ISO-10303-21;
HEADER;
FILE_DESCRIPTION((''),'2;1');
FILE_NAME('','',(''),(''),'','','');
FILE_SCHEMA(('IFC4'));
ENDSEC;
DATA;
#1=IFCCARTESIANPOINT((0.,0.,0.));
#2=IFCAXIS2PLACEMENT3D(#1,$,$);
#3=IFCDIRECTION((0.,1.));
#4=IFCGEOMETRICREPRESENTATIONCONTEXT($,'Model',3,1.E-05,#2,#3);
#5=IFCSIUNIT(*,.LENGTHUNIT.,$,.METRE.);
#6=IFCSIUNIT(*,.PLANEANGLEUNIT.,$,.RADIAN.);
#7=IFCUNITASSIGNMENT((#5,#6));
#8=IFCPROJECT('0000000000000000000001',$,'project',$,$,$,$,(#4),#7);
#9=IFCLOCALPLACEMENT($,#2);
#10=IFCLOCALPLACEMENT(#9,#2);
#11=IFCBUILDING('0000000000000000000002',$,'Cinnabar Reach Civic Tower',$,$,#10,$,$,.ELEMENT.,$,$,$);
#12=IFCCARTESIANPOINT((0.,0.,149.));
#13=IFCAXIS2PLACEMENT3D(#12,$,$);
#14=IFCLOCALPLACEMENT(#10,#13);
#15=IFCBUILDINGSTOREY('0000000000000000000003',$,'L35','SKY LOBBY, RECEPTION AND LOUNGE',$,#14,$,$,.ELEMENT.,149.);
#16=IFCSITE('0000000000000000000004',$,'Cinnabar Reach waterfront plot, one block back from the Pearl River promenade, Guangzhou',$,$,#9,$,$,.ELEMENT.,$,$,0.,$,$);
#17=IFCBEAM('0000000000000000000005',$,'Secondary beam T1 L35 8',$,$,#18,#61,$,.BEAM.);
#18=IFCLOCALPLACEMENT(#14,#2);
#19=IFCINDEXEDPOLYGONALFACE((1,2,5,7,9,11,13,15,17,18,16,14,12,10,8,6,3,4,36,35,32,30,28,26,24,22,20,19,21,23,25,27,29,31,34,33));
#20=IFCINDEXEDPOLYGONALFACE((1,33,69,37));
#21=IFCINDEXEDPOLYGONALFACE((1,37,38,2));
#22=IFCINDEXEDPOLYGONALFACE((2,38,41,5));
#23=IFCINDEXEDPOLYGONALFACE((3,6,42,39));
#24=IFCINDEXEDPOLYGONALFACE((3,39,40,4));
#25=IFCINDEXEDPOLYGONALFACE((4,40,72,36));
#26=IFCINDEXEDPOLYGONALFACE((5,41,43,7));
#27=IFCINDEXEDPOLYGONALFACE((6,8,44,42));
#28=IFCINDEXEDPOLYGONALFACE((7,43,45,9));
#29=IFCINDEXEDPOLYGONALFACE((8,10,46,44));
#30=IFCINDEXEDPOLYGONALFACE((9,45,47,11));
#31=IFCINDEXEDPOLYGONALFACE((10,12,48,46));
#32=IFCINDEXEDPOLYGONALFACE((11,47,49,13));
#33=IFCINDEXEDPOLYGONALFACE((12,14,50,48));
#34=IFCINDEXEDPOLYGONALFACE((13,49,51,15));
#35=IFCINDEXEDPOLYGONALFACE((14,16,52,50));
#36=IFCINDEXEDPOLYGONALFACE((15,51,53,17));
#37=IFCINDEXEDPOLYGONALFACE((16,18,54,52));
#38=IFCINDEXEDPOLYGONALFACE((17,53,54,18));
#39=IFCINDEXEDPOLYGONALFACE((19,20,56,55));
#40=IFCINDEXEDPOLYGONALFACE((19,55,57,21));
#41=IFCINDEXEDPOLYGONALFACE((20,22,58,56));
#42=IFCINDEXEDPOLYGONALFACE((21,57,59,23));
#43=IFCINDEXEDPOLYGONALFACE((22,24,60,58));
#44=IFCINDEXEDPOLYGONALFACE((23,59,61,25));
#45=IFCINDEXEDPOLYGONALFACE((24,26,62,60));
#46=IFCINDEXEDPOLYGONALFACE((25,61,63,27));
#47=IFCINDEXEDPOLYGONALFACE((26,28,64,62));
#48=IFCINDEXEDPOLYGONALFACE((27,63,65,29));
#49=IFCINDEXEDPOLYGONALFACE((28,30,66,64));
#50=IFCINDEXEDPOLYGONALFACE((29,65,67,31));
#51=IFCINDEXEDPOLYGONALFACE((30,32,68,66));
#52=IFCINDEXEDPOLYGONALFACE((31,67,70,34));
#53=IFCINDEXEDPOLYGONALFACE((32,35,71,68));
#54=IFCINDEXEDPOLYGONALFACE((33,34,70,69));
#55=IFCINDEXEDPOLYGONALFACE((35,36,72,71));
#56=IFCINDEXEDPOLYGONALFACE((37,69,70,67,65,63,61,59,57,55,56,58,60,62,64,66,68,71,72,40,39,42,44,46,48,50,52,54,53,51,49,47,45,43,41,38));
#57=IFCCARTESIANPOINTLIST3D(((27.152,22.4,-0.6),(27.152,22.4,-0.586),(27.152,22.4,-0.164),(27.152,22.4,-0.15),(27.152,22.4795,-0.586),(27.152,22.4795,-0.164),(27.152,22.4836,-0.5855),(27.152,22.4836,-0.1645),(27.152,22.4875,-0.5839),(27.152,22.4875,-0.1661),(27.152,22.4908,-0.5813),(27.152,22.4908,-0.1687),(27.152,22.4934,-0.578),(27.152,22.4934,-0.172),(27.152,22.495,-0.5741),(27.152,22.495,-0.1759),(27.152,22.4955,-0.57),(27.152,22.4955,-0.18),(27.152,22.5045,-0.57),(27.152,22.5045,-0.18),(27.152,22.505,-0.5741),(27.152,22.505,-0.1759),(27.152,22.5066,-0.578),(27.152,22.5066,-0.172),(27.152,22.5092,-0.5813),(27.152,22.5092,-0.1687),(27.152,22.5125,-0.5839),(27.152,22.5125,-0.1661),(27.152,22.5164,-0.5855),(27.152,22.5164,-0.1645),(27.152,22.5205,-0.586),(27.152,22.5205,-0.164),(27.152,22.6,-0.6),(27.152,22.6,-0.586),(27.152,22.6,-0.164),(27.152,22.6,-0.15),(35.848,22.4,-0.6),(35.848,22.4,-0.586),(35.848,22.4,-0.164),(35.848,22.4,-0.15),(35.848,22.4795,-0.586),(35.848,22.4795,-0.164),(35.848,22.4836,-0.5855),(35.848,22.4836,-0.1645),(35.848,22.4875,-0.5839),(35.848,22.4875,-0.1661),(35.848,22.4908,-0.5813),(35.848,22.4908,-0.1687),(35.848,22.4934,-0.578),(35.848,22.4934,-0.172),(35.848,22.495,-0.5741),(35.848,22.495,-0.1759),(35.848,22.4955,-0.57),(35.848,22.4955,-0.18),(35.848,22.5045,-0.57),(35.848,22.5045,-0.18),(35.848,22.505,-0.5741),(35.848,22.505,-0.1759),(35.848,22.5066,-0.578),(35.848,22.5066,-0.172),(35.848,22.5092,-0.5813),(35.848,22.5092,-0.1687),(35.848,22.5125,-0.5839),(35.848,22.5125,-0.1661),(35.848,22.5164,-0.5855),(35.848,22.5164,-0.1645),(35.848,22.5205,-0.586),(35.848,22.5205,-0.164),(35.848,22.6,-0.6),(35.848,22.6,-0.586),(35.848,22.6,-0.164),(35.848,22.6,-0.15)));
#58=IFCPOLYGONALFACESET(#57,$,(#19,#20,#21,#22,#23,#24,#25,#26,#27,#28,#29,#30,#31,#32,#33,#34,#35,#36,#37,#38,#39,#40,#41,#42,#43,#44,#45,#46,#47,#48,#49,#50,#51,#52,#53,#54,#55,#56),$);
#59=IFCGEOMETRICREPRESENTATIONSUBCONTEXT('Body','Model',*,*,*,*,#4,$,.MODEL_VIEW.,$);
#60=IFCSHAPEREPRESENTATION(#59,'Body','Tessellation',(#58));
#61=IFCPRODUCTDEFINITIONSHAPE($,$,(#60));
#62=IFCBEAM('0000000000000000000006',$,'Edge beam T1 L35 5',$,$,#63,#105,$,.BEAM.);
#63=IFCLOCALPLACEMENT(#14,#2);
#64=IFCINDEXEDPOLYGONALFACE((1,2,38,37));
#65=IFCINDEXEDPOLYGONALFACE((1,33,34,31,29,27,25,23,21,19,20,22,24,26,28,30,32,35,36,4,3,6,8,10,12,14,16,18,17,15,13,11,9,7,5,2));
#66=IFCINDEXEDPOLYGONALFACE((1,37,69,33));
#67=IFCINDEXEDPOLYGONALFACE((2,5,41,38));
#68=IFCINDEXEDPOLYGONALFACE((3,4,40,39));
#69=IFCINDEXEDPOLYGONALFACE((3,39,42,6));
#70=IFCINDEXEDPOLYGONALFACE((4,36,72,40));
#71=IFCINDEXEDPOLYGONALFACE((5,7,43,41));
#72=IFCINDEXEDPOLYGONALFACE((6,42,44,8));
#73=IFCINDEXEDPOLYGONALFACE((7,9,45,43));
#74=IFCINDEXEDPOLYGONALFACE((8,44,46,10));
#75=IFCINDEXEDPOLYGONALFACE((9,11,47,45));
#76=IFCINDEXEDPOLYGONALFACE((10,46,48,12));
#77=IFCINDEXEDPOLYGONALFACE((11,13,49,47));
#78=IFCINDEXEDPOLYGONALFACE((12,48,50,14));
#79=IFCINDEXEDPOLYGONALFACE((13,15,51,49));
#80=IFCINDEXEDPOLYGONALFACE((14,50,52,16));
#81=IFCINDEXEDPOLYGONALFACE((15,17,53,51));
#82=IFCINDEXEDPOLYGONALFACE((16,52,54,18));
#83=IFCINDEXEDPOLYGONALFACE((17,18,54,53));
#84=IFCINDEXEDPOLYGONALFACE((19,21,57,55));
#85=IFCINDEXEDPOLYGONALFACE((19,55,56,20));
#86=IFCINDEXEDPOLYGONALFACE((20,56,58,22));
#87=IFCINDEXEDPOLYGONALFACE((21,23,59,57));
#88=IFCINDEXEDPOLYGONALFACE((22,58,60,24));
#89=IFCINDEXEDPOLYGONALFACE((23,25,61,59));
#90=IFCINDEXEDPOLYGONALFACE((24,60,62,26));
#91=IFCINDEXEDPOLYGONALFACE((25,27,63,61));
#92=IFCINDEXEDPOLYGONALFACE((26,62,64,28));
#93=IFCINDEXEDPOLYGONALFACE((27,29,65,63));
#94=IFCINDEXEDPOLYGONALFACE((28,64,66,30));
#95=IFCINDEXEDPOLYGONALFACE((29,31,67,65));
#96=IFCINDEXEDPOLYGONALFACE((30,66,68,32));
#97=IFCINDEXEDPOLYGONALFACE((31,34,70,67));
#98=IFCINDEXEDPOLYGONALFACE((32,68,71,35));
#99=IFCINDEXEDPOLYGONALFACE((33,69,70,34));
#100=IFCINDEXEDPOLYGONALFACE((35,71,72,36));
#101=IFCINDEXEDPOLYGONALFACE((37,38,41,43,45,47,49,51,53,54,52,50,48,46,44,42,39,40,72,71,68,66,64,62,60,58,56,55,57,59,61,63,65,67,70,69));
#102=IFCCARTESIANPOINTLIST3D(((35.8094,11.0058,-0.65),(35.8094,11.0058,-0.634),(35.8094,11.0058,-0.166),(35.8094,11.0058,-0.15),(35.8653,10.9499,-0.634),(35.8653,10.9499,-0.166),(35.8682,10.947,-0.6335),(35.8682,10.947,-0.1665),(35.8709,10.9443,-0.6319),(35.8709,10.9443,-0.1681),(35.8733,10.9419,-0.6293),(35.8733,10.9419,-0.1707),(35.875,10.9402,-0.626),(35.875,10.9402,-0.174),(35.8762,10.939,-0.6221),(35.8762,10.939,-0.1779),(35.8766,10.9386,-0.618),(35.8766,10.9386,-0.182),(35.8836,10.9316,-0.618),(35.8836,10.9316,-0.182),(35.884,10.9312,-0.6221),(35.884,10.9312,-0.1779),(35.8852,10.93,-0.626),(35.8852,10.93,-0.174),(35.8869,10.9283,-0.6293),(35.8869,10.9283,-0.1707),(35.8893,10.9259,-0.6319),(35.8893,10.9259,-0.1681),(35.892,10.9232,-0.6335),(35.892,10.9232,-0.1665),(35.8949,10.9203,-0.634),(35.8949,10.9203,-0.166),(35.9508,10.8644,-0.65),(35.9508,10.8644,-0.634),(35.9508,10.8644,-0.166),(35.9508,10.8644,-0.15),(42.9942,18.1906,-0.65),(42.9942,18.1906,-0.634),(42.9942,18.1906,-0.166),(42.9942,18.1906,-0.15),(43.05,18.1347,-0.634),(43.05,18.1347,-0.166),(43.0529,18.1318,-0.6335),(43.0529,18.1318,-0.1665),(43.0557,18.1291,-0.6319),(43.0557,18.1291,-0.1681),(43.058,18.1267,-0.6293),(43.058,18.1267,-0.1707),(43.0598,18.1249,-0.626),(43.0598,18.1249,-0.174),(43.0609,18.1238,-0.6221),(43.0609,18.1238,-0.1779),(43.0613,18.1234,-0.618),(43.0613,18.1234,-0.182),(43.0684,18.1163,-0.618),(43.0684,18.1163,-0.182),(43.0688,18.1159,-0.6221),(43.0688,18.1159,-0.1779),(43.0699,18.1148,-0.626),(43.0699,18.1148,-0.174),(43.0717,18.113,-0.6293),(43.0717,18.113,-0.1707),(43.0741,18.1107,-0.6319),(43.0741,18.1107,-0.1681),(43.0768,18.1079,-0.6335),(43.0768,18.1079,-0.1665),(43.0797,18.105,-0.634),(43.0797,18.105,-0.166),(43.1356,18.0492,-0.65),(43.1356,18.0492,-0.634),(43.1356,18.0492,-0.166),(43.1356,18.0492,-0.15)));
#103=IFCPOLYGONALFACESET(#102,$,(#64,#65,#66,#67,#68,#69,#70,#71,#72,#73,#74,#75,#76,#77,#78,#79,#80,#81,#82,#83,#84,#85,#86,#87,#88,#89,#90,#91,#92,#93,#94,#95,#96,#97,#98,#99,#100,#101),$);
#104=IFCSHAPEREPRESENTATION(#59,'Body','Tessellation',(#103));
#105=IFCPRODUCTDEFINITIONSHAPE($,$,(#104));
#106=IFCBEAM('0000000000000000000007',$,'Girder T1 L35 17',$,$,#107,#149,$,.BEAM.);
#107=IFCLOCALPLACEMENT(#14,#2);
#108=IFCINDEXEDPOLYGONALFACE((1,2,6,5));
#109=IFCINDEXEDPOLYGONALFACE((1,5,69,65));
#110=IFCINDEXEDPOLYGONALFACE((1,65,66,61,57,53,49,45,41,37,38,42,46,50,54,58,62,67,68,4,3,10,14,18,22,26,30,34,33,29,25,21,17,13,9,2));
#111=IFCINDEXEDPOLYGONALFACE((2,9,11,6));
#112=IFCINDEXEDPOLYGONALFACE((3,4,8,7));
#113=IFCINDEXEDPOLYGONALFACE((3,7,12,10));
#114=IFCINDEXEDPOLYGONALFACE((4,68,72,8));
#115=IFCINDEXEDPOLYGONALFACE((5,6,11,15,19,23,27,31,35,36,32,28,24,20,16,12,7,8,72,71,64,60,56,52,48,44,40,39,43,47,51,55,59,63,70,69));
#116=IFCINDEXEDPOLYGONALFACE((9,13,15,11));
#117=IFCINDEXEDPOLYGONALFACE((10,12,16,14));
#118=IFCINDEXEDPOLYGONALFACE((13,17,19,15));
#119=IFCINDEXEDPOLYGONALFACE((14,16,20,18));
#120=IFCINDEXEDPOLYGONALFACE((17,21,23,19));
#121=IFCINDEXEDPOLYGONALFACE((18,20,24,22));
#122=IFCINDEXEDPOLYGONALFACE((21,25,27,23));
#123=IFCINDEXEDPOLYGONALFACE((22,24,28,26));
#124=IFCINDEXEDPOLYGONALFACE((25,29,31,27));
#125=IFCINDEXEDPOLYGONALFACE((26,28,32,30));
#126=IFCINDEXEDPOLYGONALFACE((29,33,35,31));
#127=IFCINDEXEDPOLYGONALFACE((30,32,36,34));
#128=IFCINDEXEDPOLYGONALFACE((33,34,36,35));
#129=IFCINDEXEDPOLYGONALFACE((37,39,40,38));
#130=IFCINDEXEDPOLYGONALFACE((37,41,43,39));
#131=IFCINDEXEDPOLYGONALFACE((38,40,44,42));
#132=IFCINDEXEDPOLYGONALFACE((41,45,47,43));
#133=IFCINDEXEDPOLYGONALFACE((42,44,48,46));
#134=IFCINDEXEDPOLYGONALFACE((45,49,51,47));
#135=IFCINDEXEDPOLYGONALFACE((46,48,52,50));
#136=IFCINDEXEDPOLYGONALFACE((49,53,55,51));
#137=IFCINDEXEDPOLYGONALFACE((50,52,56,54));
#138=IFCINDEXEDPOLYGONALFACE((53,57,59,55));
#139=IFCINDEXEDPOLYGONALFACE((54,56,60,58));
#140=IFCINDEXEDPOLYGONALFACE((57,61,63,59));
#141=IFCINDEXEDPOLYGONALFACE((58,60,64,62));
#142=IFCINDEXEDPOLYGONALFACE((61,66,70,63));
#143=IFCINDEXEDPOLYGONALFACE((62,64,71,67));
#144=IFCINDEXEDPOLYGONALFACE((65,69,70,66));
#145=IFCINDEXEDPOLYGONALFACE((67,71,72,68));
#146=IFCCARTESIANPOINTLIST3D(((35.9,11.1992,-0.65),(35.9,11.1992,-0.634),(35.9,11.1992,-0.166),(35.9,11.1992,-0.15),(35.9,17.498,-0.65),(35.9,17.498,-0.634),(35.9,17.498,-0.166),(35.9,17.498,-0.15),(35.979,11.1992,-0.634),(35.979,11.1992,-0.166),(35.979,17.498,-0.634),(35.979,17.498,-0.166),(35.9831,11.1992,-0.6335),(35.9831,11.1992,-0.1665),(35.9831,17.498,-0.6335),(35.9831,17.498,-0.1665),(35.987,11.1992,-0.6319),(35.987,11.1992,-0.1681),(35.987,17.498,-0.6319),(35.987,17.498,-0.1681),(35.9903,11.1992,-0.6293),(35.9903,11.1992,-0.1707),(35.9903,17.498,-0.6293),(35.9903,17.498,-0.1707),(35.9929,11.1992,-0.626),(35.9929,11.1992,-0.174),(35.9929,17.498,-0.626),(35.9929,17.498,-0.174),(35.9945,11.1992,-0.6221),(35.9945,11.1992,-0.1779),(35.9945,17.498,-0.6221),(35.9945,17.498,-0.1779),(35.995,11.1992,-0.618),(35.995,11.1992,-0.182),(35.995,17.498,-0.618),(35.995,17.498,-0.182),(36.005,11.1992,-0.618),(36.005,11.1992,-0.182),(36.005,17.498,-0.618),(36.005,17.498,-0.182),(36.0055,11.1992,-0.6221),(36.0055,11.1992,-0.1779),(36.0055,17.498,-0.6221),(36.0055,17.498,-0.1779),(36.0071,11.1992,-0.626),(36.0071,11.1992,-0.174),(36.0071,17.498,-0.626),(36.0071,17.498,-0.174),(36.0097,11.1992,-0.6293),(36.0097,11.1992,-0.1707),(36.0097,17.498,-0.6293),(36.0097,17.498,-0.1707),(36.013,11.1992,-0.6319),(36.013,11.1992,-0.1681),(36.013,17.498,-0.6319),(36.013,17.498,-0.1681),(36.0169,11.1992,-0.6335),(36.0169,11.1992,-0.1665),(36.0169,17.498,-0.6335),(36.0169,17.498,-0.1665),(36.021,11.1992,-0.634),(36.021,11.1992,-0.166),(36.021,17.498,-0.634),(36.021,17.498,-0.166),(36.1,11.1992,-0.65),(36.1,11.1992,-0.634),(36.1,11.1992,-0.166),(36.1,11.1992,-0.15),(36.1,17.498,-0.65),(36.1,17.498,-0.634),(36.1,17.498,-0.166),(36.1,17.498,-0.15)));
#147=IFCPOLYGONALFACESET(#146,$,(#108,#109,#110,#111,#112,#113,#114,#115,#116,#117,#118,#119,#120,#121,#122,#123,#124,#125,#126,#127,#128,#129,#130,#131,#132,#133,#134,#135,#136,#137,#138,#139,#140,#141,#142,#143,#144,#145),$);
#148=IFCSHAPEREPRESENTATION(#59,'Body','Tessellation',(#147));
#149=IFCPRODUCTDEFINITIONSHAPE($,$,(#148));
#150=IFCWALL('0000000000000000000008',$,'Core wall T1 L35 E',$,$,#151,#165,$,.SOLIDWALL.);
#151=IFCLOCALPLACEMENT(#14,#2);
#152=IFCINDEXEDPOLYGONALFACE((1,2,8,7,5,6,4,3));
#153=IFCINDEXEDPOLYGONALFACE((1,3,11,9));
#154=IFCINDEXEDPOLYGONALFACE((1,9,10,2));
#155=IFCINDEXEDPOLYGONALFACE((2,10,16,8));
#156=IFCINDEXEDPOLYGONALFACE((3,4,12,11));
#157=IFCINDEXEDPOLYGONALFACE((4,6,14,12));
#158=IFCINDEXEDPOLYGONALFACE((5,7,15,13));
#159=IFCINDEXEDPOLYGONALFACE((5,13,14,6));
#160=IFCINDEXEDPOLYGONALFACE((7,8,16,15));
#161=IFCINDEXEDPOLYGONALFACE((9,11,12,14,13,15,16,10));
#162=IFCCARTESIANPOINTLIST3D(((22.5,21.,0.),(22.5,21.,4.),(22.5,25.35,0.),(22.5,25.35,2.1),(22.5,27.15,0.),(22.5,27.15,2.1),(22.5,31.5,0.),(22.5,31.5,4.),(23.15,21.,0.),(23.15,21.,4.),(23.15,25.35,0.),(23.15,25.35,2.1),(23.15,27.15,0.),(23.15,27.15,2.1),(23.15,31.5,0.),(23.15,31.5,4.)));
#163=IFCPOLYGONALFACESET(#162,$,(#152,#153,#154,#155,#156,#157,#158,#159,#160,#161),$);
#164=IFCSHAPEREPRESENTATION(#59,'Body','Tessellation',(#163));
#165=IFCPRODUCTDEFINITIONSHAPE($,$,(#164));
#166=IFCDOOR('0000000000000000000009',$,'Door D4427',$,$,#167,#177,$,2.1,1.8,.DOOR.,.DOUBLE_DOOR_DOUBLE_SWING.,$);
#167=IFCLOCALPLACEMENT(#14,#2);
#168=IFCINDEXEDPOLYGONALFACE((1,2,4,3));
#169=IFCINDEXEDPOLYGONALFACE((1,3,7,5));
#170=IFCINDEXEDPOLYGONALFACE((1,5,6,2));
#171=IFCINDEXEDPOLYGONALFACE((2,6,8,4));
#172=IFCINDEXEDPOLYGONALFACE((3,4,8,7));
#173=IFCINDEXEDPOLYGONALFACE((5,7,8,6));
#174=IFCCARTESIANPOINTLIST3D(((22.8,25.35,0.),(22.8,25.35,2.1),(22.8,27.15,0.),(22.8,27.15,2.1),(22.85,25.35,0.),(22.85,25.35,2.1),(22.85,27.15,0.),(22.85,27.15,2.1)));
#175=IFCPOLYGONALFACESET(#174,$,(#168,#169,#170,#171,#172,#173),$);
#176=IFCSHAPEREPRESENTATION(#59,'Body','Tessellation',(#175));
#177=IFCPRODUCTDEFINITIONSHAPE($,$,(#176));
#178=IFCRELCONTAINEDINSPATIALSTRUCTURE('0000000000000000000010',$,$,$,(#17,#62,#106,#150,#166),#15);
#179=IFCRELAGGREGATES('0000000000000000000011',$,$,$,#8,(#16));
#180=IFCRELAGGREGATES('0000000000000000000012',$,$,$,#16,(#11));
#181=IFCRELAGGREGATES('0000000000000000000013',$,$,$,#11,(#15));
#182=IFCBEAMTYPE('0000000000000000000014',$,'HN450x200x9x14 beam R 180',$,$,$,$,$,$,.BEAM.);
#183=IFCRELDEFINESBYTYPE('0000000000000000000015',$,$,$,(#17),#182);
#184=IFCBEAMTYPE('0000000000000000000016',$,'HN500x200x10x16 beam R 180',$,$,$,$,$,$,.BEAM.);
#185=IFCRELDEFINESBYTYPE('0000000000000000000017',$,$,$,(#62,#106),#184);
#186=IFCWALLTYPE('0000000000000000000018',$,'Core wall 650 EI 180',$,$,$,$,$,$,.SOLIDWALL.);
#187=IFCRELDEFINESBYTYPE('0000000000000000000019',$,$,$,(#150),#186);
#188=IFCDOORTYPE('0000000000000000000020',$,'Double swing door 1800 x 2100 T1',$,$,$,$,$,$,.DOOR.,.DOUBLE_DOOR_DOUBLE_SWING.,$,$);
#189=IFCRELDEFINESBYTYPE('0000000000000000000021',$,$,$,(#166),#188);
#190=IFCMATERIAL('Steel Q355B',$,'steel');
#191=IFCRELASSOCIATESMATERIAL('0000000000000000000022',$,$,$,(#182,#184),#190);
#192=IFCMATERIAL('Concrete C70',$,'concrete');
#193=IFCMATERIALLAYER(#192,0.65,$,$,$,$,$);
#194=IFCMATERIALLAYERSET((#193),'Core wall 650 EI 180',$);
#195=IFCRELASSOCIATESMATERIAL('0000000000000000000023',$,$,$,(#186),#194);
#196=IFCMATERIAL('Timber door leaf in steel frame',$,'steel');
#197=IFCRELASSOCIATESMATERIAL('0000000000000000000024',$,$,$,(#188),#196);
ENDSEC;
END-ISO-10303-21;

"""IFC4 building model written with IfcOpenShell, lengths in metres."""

from ifc_helpers import new_model, si_unit, direction, frame, frame_2d, origin, origin_2d, place, context, subcontext, project, spatial, rectangle, i_section, extrude, material, layer, layer_set, material_profile, profile_set, type_object, element, fill, save


model = new_model("IFC4")

# Units and contexts
model_context = context("Model", 3, precision=1e-05, world=origin(), true_north=direction((0.0, 1.0)))
body_context = subcontext(model_context, "Body", "Model", "MODEL_VIEW")
ifc_project = project(units=[si_unit("LENGTHUNIT", "METRE"), si_unit("PLANEANGLEUNIT", "RADIAN")], contexts=[model_context])

# Site, building, storey
site_placement = place(None, origin())
site = spatial("IfcSite", under=ifc_project, at=site_placement, Name="Cinnabar Reach waterfront plot, one block back from the Pearl River promenade, Guangzhou", CompositionType="ELEMENT", RefElevation=0.0)
building_placement = place(site_placement, origin())
building = spatial("IfcBuilding", under=site, at=building_placement, Name="Cinnabar Reach Civic Tower", CompositionType="ELEMENT")
storey_placement = place(building_placement, frame((0.0, 0.0, 149.0)))
storey = spatial("IfcBuildingStorey", under=building, at=storey_placement, Name="L35", Description="SKY LOBBY, RECEPTION AND LOUNGE", CompositionType="ELEMENT", Elevation=149.0)

# Shared definitions
ifc_material_1 = material(Name="Concrete C70", Category="concrete")

# Beams
ifc_material_2 = material(Name="Steel Q355B", Category="steel")
ifc_material_profile_1 = material_profile(ifc_material_2, i_section(OverallWidth=0.2, OverallDepth=0.45, WebThickness=0.009, FlangeThickness=0.014, FilletRadius=0.016, at=origin_2d()), Name="HN450x200x9x14")
ifc_profile_set_1 = profile_set([ifc_material_profile_1], Name="Steel Q355B")
beam_type_1 = type_object("IfcBeamType", Name="HN450x200x9x14 beam R 180", PredefinedType="BEAM", material=ifc_profile_set_1)
beam_1_placement = place(storey_placement, frame((27.152, 22.5, -0.375), z_axis=(1.0, 0.0, 0.0), x_axis=(0.0, 1.0, 0.0)))
element("IfcBeam", 1, at=beam_1_placement, inside=storey, type_object=beam_type_1, Name="Secondary beam T1 L35 8", PredefinedType="BEAM", context=body_context, shape_type="SweptSolid", body=[
    extrude(i_section(OverallWidth=0.2, OverallDepth=0.45, WebThickness=0.009, FlangeThickness=0.014, FilletRadius=0.016, at=origin_2d()), origin(), (0.0, 0.0, 1.0), 8.696),
])
ifc_material_profile_2 = material_profile(ifc_material_2, i_section(OverallWidth=0.2, OverallDepth=0.5, WebThickness=0.01, FlangeThickness=0.016, FilletRadius=0.016, at=origin_2d()), Name="HN500x200x10x16")
ifc_profile_set_2 = profile_set([ifc_material_profile_2], Name="Steel Q355B")
beam_type_2 = type_object("IfcBeamType", Name="HN500x200x10x16 beam R 180", PredefinedType="BEAM", material=ifc_profile_set_2)
beam_2_placement = place(storey_placement, frame((35.8801, 10.9351, -0.4), z_axis=(0.707107, 0.707107, 0.0), x_axis=(-0.707107, 0.707107, 0.0)))
element("IfcBeam", 2, at=beam_2_placement, inside=storey, type_object=beam_type_2, Name="Edge beam T1 L35 5", PredefinedType="BEAM", context=body_context, shape_type="SweptSolid", body=[
    extrude(i_section(OverallWidth=0.2, OverallDepth=0.5, WebThickness=0.01, FlangeThickness=0.016, FilletRadius=0.016, at=origin_2d()), origin(), (0.0, 0.0, 1.0), 10.1608),
])
beam_3_placement = place(storey_placement, frame((36.0, 11.1992, -0.4), z_axis=(0.0, 1.0, 0.0), x_axis=(-1.0, 0.0, 0.0)))
element("IfcBeam", 3, at=beam_3_placement, inside=storey, type_object=beam_type_2, Name="Girder T1 L35 17", PredefinedType="BEAM", context=body_context, shape_type="SweptSolid", body=[
    extrude(i_section(OverallWidth=0.2, OverallDepth=0.5, WebThickness=0.01, FlangeThickness=0.016, FilletRadius=0.016, at=origin_2d()), origin(), (0.0, 0.0, 1.0), 6.2988),
])

# Wall, opening, door
ifc_layer_1 = layer(ifc_material_1, 0.65)
ifc_layer_set_1 = layer_set([ifc_layer_1], Name="Core wall 650 EI 180")
wall_type_1 = type_object("IfcWallType", Name="Core wall 650 EI 180", PredefinedType="SOLIDWALL", material=ifc_layer_set_1)
wall_1_placement = place(storey_placement, frame((22.825, 21.0, 0.0), z_axis=(0.0, 0.0, 1.0), x_axis=(0.0, 1.0, 0.0)))
wall_1 = element("IfcWall", 4, at=wall_1_placement, inside=storey, type_object=wall_type_1, Name="Core wall T1 L35 E", PredefinedType="SOLIDWALL", context=body_context, shape_type="SweptSolid", body=[
    extrude(rectangle(XDim=10.5, YDim=0.65, at=frame_2d((5.25, 0.0))), origin(), (0.0, 0.0, 1.0), 4.0),
])
opening_1_placement = place(wall_1_placement, frame((4.35, 0.0, 0.0)))
opening_1 = element("IfcOpeningElement", 5, at=opening_1_placement, cuts=wall_1, PredefinedType="OPENING", context=body_context, shape_type="SweptSolid", body=[
    extrude(rectangle(XDim=1.8, YDim=2.1, at=frame_2d((0.9, 1.05))), frame((0.0, 0.335, 0.0), z_axis=(0.0, -1.0, 0.0), x_axis=(1.0, 0.0, 0.0)), (0.0, 0.0, 1.0), 0.67),
])
ifc_material_3 = material(Name="Timber door leaf in steel frame", Category="steel")
door_type_1 = type_object("IfcDoorType", Name="Double swing door 1800 x 2100 T1", OperationType="DOUBLE_DOOR_DOUBLE_SWING", PredefinedType="DOOR", material=ifc_material_3)
door_1_placement = place(opening_1_placement, origin())
door_1 = element("IfcDoor", 6, at=door_1_placement, inside=storey, type_object=door_type_1, Name="Door D4427", OperationType="DOUBLE_DOOR_DOUBLE_SWING", OverallHeight=2.1, OverallWidth=1.8, PredefinedType="DOOR", context=body_context, shape_type="SweptSolid", body=[
    extrude(rectangle(XDim=1.8, YDim=2.1, at=frame_2d((0.9, 1.05))), frame((0.0, 0.025, 0.0), z_axis=(0.0, -1.0, 0.0), x_axis=(1.0, 0.0, 0.0)), (0.0, 0.0, 1.0), 0.05),
])
fill(opening_1, door_1)

save(model, "model.ifc")
